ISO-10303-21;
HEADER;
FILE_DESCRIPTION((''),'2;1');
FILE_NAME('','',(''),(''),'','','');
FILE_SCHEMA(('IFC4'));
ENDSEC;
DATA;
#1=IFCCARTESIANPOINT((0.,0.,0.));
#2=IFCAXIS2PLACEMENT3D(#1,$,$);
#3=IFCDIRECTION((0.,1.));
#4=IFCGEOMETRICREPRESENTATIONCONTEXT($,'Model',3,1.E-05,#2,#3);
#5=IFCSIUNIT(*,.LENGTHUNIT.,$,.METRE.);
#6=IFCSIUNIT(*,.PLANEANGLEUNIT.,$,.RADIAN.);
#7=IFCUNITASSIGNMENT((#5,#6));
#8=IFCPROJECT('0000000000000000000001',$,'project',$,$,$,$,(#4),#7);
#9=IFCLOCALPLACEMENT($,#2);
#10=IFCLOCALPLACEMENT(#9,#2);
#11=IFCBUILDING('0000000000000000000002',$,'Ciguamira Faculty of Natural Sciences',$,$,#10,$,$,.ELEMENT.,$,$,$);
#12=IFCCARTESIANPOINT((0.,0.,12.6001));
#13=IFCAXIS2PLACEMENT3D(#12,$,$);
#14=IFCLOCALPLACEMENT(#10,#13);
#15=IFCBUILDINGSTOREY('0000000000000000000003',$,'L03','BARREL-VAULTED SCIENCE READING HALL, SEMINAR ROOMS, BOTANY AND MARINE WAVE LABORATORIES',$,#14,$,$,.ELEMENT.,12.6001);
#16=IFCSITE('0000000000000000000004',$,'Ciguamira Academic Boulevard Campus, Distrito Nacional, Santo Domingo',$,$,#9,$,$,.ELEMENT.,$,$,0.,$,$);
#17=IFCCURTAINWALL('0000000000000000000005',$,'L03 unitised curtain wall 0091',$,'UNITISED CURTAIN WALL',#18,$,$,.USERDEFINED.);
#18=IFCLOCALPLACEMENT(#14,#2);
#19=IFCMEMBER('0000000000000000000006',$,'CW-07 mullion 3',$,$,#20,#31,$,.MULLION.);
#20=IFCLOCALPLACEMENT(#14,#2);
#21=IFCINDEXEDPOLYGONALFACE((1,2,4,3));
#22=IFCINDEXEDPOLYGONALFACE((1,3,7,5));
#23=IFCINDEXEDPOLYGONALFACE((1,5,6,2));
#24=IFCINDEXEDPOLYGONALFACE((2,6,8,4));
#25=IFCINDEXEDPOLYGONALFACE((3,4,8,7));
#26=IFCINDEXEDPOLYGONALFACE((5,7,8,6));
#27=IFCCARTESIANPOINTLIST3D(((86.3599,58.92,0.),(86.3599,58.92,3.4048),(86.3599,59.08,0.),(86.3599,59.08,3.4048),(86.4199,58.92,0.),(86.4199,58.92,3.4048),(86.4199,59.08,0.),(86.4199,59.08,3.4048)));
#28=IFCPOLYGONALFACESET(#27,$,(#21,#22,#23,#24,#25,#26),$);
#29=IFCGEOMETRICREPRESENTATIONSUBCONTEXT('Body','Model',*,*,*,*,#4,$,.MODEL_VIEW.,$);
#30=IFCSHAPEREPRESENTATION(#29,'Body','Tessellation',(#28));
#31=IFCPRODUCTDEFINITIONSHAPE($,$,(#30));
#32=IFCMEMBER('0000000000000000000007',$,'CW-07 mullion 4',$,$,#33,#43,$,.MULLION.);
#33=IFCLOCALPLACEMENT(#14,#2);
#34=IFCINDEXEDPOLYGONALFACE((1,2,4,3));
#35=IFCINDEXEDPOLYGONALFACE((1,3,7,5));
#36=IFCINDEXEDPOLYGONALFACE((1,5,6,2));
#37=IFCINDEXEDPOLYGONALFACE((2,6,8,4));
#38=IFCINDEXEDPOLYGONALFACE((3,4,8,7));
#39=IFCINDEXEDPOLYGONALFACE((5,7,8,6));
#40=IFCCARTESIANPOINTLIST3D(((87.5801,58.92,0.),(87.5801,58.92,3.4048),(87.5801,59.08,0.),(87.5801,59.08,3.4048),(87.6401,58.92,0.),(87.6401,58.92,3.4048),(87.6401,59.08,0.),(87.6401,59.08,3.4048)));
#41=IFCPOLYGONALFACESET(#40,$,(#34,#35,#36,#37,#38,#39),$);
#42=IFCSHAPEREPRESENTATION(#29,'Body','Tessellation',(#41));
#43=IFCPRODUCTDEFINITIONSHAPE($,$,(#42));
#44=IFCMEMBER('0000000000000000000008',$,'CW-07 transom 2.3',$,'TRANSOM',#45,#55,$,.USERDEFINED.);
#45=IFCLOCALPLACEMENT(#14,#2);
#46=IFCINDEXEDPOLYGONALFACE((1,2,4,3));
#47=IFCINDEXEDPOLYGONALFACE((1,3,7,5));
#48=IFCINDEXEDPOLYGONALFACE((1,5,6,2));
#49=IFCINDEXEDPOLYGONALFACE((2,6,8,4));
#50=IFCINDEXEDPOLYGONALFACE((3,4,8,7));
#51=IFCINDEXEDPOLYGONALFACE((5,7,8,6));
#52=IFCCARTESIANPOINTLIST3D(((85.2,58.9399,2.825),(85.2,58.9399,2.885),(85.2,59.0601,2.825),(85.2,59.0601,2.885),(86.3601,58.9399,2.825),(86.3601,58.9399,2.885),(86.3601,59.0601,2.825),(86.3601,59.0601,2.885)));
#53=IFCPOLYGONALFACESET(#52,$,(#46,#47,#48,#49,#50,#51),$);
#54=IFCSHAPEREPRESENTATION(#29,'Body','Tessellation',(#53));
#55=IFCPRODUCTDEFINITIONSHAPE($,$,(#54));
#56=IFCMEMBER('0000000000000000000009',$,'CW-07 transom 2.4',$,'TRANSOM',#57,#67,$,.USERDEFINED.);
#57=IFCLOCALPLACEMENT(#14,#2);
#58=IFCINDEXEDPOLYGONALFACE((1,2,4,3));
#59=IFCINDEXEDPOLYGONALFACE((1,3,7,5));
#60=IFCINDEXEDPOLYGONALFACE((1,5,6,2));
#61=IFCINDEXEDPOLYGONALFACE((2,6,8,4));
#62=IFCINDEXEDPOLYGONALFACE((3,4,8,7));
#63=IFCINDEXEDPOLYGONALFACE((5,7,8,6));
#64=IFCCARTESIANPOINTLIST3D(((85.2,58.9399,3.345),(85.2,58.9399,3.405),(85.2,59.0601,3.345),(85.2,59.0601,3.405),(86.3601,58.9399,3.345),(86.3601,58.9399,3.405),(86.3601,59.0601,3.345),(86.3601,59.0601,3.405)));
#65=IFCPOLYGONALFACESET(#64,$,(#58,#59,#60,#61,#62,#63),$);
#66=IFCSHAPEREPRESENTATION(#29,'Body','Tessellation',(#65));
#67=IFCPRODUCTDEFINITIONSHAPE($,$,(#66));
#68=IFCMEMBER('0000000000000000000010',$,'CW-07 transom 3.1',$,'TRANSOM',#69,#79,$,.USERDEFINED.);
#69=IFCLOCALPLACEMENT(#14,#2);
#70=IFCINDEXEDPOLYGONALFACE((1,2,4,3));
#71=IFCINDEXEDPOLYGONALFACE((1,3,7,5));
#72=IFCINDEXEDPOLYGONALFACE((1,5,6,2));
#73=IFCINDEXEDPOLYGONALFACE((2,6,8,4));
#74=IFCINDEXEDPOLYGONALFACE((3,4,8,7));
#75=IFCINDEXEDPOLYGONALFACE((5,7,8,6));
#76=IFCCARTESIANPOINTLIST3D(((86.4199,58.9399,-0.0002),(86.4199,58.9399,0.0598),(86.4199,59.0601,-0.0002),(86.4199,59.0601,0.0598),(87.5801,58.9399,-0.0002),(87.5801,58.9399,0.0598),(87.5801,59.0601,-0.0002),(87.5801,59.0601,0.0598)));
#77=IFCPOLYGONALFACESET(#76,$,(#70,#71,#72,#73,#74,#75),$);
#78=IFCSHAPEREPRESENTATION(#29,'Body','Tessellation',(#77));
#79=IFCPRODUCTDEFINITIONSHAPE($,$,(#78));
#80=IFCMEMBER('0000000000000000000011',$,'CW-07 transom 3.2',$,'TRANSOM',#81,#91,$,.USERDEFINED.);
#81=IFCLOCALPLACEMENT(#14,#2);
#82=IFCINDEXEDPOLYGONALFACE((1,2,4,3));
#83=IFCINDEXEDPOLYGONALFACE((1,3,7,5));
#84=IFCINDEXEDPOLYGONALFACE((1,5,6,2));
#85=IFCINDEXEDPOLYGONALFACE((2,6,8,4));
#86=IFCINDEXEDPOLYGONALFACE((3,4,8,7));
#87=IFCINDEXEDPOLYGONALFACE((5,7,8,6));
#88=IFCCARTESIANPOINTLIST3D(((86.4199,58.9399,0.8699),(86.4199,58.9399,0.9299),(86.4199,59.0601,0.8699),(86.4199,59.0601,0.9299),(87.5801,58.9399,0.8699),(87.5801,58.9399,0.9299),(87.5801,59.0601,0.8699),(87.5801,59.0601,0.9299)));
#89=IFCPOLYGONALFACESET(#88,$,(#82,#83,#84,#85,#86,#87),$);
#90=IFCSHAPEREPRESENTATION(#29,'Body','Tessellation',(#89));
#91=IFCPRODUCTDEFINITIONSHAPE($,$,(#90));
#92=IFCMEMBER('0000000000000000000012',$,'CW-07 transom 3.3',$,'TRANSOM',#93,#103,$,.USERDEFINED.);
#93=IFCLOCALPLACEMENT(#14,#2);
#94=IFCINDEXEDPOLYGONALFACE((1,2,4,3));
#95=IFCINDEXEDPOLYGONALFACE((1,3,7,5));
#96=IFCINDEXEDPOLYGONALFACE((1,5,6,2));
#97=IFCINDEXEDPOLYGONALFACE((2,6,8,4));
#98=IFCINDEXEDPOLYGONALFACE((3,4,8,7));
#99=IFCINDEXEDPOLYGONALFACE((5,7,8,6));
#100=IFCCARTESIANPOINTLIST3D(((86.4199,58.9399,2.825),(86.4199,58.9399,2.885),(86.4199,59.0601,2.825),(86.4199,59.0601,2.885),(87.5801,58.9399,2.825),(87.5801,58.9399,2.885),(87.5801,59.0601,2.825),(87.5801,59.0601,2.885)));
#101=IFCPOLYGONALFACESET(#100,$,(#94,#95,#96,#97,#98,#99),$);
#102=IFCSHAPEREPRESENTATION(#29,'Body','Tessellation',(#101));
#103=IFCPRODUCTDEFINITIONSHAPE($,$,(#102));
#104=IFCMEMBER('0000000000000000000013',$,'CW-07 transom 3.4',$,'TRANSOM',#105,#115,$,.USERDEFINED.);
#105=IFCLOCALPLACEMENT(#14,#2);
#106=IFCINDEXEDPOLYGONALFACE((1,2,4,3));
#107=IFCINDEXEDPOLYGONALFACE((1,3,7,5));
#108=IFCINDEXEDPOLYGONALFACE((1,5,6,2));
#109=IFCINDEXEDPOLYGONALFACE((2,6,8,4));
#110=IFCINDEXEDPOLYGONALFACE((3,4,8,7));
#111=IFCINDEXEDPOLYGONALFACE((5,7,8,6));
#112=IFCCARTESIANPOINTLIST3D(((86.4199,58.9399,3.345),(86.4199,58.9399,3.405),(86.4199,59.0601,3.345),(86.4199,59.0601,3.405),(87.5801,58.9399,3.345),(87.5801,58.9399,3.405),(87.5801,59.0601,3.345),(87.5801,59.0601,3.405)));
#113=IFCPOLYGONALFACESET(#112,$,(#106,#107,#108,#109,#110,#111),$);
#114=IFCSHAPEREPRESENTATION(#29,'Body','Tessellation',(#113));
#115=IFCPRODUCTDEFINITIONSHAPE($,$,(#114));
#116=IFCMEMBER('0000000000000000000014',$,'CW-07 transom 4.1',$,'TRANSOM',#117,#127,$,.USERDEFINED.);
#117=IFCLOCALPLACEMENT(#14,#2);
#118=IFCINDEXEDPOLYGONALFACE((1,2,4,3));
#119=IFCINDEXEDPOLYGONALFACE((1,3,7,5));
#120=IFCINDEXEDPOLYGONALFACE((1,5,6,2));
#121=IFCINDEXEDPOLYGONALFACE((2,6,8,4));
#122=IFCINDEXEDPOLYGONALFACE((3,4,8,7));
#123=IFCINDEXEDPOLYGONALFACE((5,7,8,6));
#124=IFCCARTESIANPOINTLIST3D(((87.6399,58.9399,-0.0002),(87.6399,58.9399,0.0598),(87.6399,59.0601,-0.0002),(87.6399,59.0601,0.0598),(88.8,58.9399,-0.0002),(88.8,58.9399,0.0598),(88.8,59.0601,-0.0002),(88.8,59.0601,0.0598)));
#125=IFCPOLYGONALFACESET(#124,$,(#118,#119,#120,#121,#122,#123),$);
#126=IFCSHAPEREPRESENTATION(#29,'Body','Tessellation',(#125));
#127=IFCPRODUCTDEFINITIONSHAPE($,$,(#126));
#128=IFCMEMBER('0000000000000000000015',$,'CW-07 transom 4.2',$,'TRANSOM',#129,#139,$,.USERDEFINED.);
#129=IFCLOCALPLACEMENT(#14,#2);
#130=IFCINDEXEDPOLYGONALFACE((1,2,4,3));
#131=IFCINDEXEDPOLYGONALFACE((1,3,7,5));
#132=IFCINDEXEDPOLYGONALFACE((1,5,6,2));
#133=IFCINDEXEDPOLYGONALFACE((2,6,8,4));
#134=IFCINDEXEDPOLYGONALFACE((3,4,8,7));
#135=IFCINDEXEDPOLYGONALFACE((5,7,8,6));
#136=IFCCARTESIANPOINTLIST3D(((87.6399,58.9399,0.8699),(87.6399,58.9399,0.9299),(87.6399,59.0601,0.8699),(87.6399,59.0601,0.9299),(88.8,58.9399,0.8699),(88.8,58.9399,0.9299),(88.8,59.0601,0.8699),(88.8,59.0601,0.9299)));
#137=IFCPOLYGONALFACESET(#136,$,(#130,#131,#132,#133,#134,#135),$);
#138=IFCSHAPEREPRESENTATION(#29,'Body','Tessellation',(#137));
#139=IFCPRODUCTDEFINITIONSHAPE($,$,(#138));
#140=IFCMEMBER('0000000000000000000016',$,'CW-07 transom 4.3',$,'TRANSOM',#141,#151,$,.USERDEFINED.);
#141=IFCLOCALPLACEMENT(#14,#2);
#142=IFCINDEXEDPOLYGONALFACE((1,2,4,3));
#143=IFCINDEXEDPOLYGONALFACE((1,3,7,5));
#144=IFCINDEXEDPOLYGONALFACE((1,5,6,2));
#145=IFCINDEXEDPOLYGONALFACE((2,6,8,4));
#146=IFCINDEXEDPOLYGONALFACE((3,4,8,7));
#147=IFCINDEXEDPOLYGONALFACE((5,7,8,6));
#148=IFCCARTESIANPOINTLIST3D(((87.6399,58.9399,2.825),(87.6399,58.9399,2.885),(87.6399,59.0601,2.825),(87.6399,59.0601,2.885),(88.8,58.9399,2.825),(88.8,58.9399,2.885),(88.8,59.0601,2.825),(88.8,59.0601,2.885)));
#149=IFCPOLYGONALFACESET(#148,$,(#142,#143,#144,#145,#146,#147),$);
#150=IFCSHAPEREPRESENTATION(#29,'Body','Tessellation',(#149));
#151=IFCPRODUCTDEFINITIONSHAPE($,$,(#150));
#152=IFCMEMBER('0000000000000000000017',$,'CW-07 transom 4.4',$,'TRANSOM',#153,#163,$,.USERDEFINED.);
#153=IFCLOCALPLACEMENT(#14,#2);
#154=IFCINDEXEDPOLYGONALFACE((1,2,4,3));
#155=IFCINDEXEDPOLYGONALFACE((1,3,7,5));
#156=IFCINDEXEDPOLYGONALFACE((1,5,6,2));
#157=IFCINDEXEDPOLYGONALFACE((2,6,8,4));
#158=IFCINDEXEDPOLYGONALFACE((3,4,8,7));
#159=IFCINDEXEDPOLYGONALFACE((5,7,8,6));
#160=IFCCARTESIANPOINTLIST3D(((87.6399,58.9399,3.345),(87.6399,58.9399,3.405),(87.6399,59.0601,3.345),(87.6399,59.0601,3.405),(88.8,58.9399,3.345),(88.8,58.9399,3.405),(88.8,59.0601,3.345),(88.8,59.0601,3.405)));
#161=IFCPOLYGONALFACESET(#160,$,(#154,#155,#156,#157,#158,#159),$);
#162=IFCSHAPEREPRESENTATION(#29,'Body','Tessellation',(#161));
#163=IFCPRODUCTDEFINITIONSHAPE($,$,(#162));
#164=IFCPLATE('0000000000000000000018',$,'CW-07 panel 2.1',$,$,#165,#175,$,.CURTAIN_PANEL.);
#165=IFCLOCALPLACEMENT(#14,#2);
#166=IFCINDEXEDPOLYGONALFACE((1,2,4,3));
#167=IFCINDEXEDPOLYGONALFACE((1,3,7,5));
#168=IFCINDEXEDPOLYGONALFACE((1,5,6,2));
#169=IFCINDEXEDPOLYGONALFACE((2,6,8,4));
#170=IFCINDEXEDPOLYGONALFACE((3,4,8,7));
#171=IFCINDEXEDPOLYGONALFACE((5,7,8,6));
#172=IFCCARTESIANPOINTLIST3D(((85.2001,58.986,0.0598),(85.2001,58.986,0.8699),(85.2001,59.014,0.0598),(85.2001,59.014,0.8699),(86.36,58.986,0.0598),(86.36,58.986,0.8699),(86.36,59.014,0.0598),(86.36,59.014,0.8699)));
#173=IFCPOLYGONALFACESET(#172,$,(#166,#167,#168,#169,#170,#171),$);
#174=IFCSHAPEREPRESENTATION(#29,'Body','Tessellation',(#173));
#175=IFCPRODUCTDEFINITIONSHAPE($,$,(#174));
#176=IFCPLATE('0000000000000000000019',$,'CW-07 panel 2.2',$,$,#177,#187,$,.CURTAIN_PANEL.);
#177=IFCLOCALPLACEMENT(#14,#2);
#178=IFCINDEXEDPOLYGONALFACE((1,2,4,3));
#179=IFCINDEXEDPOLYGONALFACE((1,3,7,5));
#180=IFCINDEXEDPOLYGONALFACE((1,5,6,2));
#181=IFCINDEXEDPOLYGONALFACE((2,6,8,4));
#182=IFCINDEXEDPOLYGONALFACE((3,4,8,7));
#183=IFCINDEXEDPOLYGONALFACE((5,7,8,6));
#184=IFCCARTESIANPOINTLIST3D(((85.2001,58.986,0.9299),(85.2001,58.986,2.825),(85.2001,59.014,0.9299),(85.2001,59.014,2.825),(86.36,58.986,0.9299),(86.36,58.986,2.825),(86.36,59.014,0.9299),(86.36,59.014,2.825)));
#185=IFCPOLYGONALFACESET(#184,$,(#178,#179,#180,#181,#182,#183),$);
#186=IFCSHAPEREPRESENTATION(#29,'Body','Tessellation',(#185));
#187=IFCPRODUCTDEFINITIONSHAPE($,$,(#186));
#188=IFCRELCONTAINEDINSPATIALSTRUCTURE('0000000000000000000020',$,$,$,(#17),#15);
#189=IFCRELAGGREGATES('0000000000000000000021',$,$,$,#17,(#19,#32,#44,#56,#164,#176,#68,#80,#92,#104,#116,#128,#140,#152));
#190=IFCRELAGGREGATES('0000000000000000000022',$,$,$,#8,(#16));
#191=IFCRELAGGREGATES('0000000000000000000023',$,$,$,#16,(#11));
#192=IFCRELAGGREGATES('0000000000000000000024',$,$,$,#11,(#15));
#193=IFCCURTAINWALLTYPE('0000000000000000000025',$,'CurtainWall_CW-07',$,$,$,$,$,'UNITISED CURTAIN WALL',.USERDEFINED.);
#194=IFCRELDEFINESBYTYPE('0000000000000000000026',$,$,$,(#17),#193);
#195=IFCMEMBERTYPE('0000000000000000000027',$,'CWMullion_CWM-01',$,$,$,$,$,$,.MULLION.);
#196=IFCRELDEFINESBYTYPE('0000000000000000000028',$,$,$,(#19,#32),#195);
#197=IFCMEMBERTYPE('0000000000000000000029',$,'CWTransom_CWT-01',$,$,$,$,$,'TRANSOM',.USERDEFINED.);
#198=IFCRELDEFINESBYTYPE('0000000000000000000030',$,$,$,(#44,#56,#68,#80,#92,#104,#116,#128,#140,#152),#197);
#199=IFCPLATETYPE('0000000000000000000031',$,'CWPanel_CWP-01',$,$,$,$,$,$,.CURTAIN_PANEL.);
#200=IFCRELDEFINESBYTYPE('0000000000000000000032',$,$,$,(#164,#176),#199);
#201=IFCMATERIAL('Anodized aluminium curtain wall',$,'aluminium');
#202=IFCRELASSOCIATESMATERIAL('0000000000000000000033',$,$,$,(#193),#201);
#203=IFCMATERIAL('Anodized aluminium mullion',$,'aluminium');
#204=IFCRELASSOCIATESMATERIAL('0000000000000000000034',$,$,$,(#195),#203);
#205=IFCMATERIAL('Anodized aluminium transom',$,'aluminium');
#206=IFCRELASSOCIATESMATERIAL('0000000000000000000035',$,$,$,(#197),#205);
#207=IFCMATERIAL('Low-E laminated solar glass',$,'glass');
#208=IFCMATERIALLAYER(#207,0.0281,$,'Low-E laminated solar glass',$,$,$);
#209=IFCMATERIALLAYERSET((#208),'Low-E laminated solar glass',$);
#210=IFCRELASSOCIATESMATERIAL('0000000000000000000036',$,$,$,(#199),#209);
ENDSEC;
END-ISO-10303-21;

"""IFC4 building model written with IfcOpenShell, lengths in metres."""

from ifc_helpers import new_model, si_unit, direction, frame, origin, origin_2d, place, context, subcontext, project, spatial, rectangle, extrude, material, layer, layer_set, material_profile, profile_set, type_object, element, aggregate, save


model = new_model("IFC4")

# Units and contexts
model_context = context("Model", 3, precision=1e-05, world=origin(), true_north=direction((0.0, 1.0)))
body_context = subcontext(model_context, "Body", "Model", "MODEL_VIEW")
ifc_project = project(units=[si_unit("LENGTHUNIT", "METRE"), si_unit("PLANEANGLEUNIT", "RADIAN")], contexts=[model_context])

# Site, building, storey
site_placement = place(None, origin())
site = spatial("IfcSite", under=ifc_project, at=site_placement, Name="Ciguamira Academic Boulevard Campus, Distrito Nacional, Santo Domingo", CompositionType="ELEMENT", RefElevation=0.0)
building_placement = place(site_placement, origin())
building = spatial("IfcBuilding", under=site, at=building_placement, Name="Ciguamira Faculty of Natural Sciences", CompositionType="ELEMENT")
storey_placement = place(building_placement, frame((0.0, 0.0, 12.6001)))
storey = spatial("IfcBuildingStorey", under=building, at=storey_placement, Name="L03", Description="BARREL-VAULTED SCIENCE READING HALL, SEMINAR ROOMS, BOTANY AND MARINE WAVE LABORATORIES", CompositionType="ELEMENT", Elevation=12.6001)

# Curtain wall, members, plates
ifc_material_1 = material(Name="Anodized aluminium curtain wall", Category="aluminium")
curtain_wall_type = type_object("IfcCurtainWallType", Name="CurtainWall_CW-07", ElementType="UNITISED CURTAIN WALL", PredefinedType="USERDEFINED", material=ifc_material_1)
curtain_wall_placement = place(storey_placement, origin())
curtain_wall = element("IfcCurtainWall", 1, at=curtain_wall_placement, inside=storey, type_object=curtain_wall_type, Name="L03 unitised curtain wall 0091", ObjectType="UNITISED CURTAIN WALL", PredefinedType="USERDEFINED")
ifc_material_2 = material(Name="Anodized aluminium mullion", Category="aluminium")
ifc_material_profile_1 = material_profile(ifc_material_2, rectangle(XDim=0.0601, YDim=0.1599, at=origin_2d()), Name="ALU-MUL-60X160")
ifc_profile_set_1 = profile_set([ifc_material_profile_1], Name="Anodized aluminium mullion")
member_type_1 = type_object("IfcMemberType", Name="CWMullion_CWM-01", PredefinedType="MULLION", material=ifc_profile_set_1)
member_1_placement = place(storey_placement, frame((86.3899, 59.0, 0.0), z_axis=(0.0, 0.0, 1.0), x_axis=(1.0, 0.0, 0.0)))
member_1 = element("IfcMember", 2, at=member_1_placement, type_object=member_type_1, Name="CW-07 mullion 3", PredefinedType="MULLION", context=body_context, shape_type="SweptSolid", body=[
    extrude(rectangle(XDim=0.0601, YDim=0.1599, at=origin_2d()), origin(), (0.0, 0.0, 1.0), 3.4048),
])
member_2_placement = place(storey_placement, frame((87.6101, 59.0, 0.0), z_axis=(0.0, 0.0, 1.0), x_axis=(1.0, 0.0, 0.0)))
member_2 = element("IfcMember", 3, at=member_2_placement, type_object=member_type_1, Name="CW-07 mullion 4", PredefinedType="MULLION", context=body_context, shape_type="SweptSolid", body=[
    extrude(rectangle(XDim=0.0601, YDim=0.1599, at=origin_2d()), origin(), (0.0, 0.0, 1.0), 3.4048),
])
ifc_material_3 = material(Name="Anodized aluminium transom", Category="aluminium")
ifc_material_profile_2 = material_profile(ifc_material_3, rectangle(XDim=0.0601, YDim=0.1201, at=origin_2d()), Name="ALU-TRN-60X120")
ifc_profile_set_2 = profile_set([ifc_material_profile_2], Name="Anodized aluminium transom")
member_type_2 = type_object("IfcMemberType", Name="CWTransom_CWT-01", ElementType="TRANSOM", PredefinedType="USERDEFINED", material=ifc_profile_set_2)
member_3_placement = place(storey_placement, frame((85.2, 59.0, 2.855), z_axis=(1.0, 0.0, 0.0), x_axis=(0.0, 0.0, 1.0)))
member_3 = element("IfcMember", 4, at=member_3_placement, type_object=member_type_2, Name="CW-07 transom 2.3", ObjectType="TRANSOM", PredefinedType="USERDEFINED", context=body_context, shape_type="SweptSolid", body=[
    extrude(rectangle(XDim=0.0601, YDim=0.1201, at=origin_2d()), origin(), (0.0, 0.0, 1.0), 1.1602),
])
member_4_placement = place(storey_placement, frame((85.2, 59.0, 3.375), z_axis=(1.0, 0.0, 0.0), x_axis=(0.0, 0.0, 1.0)))
member_4 = element("IfcMember", 5, at=member_4_placement, type_object=member_type_2, Name="CW-07 transom 2.4", ObjectType="TRANSOM", PredefinedType="USERDEFINED", context=body_context, shape_type="SweptSolid", body=[
    extrude(rectangle(XDim=0.0601, YDim=0.1201, at=origin_2d()), origin(), (0.0, 0.0, 1.0), 1.1602),
])
member_5_placement = place(storey_placement, frame((86.4199, 59.0, 0.0298), z_axis=(1.0, 0.0, 0.0), x_axis=(0.0, 0.0, 1.0)))
member_5 = element("IfcMember", 6, at=member_5_placement, type_object=member_type_2, Name="CW-07 transom 3.1", ObjectType="TRANSOM", PredefinedType="USERDEFINED", context=body_context, shape_type="SweptSolid", body=[
    extrude(rectangle(XDim=0.0601, YDim=0.1201, at=origin_2d()), origin(), (0.0, 0.0, 1.0), 1.1602),
])
member_6_placement = place(storey_placement, frame((86.4199, 59.0, 0.8999), z_axis=(1.0, 0.0, 0.0), x_axis=(0.0, 0.0, 1.0)))
member_6 = element("IfcMember", 7, at=member_6_placement, type_object=member_type_2, Name="CW-07 transom 3.2", ObjectType="TRANSOM", PredefinedType="USERDEFINED", context=body_context, shape_type="SweptSolid", body=[
    extrude(rectangle(XDim=0.0601, YDim=0.1201, at=origin_2d()), origin(), (0.0, 0.0, 1.0), 1.1602),
])
member_7_placement = place(storey_placement, frame((86.4199, 59.0, 2.855), z_axis=(1.0, 0.0, 0.0), x_axis=(0.0, 0.0, 1.0)))
member_7 = element("IfcMember", 8, at=member_7_placement, type_object=member_type_2, Name="CW-07 transom 3.3", ObjectType="TRANSOM", PredefinedType="USERDEFINED", context=body_context, shape_type="SweptSolid", body=[
    extrude(rectangle(XDim=0.0601, YDim=0.1201, at=origin_2d()), origin(), (0.0, 0.0, 1.0), 1.1602),
])
member_8_placement = place(storey_placement, frame((86.4199, 59.0, 3.375), z_axis=(1.0, 0.0, 0.0), x_axis=(0.0, 0.0, 1.0)))
member_8 = element("IfcMember", 9, at=member_8_placement, type_object=member_type_2, Name="CW-07 transom 3.4", ObjectType="TRANSOM", PredefinedType="USERDEFINED", context=body_context, shape_type="SweptSolid", body=[
    extrude(rectangle(XDim=0.0601, YDim=0.1201, at=origin_2d()), origin(), (0.0, 0.0, 1.0), 1.1602),
])
member_9_placement = place(storey_placement, frame((87.6399, 59.0, 0.0298), z_axis=(1.0, 0.0, 0.0), x_axis=(0.0, 0.0, 1.0)))
member_9 = element("IfcMember", 10, at=member_9_placement, type_object=member_type_2, Name="CW-07 transom 4.1", ObjectType="TRANSOM", PredefinedType="USERDEFINED", context=body_context, shape_type="SweptSolid", body=[
    extrude(rectangle(XDim=0.0601, YDim=0.1201, at=origin_2d()), origin(), (0.0, 0.0, 1.0), 1.1602),
])
member_10_placement = place(storey_placement, frame((87.6399, 59.0, 0.8999), z_axis=(1.0, 0.0, 0.0), x_axis=(0.0, 0.0, 1.0)))
member_10 = element("IfcMember", 11, at=member_10_placement, type_object=member_type_2, Name="CW-07 transom 4.2", ObjectType="TRANSOM", PredefinedType="USERDEFINED", context=body_context, shape_type="SweptSolid", body=[
    extrude(rectangle(XDim=0.0601, YDim=0.1201, at=origin_2d()), origin(), (0.0, 0.0, 1.0), 1.1602),
])
member_11_placement = place(storey_placement, frame((87.6399, 59.0, 2.855), z_axis=(1.0, 0.0, 0.0), x_axis=(0.0, 0.0, 1.0)))
member_11 = element("IfcMember", 12, at=member_11_placement, type_object=member_type_2, Name="CW-07 transom 4.3", ObjectType="TRANSOM", PredefinedType="USERDEFINED", context=body_context, shape_type="SweptSolid", body=[
    extrude(rectangle(XDim=0.0601, YDim=0.1201, at=origin_2d()), origin(), (0.0, 0.0, 1.0), 1.1602),
])
member_12_placement = place(storey_placement, frame((87.6399, 59.0, 3.375), z_axis=(1.0, 0.0, 0.0), x_axis=(0.0, 0.0, 1.0)))
member_12 = element("IfcMember", 13, at=member_12_placement, type_object=member_type_2, Name="CW-07 transom 4.4", ObjectType="TRANSOM", PredefinedType="USERDEFINED", context=body_context, shape_type="SweptSolid", body=[
    extrude(rectangle(XDim=0.0601, YDim=0.1201, at=origin_2d()), origin(), (0.0, 0.0, 1.0), 1.1602),
])
ifc_material_4 = material(Name="Low-E laminated solar glass", Category="glass")
ifc_layer = layer(ifc_material_4, 0.0281, Name="Low-E laminated solar glass")
ifc_layer_set = layer_set([ifc_layer], Name="Low-E laminated solar glass")
plate_type = type_object("IfcPlateType", Name="CWPanel_CWP-01", PredefinedType="CURTAIN_PANEL", material=ifc_layer_set)
plate_1_placement = place(storey_placement, frame((85.78, 59.0, 0.0598), z_axis=(0.0, 0.0, 1.0), x_axis=(1.0, 0.0, 0.0)))
plate_1 = element("IfcPlate", 14, at=plate_1_placement, type_object=plate_type, Name="CW-07 panel 2.1", PredefinedType="CURTAIN_PANEL", context=body_context, shape_type="SweptSolid", body=[
    extrude(rectangle(XDim=1.1599, YDim=0.0281, at=origin_2d()), origin(), (0.0, 0.0, 1.0), 0.8101),
])
plate_2_placement = place(storey_placement, frame((85.78, 59.0, 0.9299), z_axis=(0.0, 0.0, 1.0), x_axis=(1.0, 0.0, 0.0)))
plate_2 = element("IfcPlate", 15, at=plate_2_placement, type_object=plate_type, Name="CW-07 panel 2.2", PredefinedType="CURTAIN_PANEL", context=body_context, shape_type="SweptSolid", body=[
    extrude(rectangle(XDim=1.1599, YDim=0.0281, at=origin_2d()), origin(), (0.0, 0.0, 1.0), 1.895),
])
aggregate(curtain_wall, [member_1, member_2, member_3, member_4, plate_1, plate_2, member_5, member_6, member_7, member_8, member_9, member_10, member_11, member_12])

save(model, "model.ifc")
